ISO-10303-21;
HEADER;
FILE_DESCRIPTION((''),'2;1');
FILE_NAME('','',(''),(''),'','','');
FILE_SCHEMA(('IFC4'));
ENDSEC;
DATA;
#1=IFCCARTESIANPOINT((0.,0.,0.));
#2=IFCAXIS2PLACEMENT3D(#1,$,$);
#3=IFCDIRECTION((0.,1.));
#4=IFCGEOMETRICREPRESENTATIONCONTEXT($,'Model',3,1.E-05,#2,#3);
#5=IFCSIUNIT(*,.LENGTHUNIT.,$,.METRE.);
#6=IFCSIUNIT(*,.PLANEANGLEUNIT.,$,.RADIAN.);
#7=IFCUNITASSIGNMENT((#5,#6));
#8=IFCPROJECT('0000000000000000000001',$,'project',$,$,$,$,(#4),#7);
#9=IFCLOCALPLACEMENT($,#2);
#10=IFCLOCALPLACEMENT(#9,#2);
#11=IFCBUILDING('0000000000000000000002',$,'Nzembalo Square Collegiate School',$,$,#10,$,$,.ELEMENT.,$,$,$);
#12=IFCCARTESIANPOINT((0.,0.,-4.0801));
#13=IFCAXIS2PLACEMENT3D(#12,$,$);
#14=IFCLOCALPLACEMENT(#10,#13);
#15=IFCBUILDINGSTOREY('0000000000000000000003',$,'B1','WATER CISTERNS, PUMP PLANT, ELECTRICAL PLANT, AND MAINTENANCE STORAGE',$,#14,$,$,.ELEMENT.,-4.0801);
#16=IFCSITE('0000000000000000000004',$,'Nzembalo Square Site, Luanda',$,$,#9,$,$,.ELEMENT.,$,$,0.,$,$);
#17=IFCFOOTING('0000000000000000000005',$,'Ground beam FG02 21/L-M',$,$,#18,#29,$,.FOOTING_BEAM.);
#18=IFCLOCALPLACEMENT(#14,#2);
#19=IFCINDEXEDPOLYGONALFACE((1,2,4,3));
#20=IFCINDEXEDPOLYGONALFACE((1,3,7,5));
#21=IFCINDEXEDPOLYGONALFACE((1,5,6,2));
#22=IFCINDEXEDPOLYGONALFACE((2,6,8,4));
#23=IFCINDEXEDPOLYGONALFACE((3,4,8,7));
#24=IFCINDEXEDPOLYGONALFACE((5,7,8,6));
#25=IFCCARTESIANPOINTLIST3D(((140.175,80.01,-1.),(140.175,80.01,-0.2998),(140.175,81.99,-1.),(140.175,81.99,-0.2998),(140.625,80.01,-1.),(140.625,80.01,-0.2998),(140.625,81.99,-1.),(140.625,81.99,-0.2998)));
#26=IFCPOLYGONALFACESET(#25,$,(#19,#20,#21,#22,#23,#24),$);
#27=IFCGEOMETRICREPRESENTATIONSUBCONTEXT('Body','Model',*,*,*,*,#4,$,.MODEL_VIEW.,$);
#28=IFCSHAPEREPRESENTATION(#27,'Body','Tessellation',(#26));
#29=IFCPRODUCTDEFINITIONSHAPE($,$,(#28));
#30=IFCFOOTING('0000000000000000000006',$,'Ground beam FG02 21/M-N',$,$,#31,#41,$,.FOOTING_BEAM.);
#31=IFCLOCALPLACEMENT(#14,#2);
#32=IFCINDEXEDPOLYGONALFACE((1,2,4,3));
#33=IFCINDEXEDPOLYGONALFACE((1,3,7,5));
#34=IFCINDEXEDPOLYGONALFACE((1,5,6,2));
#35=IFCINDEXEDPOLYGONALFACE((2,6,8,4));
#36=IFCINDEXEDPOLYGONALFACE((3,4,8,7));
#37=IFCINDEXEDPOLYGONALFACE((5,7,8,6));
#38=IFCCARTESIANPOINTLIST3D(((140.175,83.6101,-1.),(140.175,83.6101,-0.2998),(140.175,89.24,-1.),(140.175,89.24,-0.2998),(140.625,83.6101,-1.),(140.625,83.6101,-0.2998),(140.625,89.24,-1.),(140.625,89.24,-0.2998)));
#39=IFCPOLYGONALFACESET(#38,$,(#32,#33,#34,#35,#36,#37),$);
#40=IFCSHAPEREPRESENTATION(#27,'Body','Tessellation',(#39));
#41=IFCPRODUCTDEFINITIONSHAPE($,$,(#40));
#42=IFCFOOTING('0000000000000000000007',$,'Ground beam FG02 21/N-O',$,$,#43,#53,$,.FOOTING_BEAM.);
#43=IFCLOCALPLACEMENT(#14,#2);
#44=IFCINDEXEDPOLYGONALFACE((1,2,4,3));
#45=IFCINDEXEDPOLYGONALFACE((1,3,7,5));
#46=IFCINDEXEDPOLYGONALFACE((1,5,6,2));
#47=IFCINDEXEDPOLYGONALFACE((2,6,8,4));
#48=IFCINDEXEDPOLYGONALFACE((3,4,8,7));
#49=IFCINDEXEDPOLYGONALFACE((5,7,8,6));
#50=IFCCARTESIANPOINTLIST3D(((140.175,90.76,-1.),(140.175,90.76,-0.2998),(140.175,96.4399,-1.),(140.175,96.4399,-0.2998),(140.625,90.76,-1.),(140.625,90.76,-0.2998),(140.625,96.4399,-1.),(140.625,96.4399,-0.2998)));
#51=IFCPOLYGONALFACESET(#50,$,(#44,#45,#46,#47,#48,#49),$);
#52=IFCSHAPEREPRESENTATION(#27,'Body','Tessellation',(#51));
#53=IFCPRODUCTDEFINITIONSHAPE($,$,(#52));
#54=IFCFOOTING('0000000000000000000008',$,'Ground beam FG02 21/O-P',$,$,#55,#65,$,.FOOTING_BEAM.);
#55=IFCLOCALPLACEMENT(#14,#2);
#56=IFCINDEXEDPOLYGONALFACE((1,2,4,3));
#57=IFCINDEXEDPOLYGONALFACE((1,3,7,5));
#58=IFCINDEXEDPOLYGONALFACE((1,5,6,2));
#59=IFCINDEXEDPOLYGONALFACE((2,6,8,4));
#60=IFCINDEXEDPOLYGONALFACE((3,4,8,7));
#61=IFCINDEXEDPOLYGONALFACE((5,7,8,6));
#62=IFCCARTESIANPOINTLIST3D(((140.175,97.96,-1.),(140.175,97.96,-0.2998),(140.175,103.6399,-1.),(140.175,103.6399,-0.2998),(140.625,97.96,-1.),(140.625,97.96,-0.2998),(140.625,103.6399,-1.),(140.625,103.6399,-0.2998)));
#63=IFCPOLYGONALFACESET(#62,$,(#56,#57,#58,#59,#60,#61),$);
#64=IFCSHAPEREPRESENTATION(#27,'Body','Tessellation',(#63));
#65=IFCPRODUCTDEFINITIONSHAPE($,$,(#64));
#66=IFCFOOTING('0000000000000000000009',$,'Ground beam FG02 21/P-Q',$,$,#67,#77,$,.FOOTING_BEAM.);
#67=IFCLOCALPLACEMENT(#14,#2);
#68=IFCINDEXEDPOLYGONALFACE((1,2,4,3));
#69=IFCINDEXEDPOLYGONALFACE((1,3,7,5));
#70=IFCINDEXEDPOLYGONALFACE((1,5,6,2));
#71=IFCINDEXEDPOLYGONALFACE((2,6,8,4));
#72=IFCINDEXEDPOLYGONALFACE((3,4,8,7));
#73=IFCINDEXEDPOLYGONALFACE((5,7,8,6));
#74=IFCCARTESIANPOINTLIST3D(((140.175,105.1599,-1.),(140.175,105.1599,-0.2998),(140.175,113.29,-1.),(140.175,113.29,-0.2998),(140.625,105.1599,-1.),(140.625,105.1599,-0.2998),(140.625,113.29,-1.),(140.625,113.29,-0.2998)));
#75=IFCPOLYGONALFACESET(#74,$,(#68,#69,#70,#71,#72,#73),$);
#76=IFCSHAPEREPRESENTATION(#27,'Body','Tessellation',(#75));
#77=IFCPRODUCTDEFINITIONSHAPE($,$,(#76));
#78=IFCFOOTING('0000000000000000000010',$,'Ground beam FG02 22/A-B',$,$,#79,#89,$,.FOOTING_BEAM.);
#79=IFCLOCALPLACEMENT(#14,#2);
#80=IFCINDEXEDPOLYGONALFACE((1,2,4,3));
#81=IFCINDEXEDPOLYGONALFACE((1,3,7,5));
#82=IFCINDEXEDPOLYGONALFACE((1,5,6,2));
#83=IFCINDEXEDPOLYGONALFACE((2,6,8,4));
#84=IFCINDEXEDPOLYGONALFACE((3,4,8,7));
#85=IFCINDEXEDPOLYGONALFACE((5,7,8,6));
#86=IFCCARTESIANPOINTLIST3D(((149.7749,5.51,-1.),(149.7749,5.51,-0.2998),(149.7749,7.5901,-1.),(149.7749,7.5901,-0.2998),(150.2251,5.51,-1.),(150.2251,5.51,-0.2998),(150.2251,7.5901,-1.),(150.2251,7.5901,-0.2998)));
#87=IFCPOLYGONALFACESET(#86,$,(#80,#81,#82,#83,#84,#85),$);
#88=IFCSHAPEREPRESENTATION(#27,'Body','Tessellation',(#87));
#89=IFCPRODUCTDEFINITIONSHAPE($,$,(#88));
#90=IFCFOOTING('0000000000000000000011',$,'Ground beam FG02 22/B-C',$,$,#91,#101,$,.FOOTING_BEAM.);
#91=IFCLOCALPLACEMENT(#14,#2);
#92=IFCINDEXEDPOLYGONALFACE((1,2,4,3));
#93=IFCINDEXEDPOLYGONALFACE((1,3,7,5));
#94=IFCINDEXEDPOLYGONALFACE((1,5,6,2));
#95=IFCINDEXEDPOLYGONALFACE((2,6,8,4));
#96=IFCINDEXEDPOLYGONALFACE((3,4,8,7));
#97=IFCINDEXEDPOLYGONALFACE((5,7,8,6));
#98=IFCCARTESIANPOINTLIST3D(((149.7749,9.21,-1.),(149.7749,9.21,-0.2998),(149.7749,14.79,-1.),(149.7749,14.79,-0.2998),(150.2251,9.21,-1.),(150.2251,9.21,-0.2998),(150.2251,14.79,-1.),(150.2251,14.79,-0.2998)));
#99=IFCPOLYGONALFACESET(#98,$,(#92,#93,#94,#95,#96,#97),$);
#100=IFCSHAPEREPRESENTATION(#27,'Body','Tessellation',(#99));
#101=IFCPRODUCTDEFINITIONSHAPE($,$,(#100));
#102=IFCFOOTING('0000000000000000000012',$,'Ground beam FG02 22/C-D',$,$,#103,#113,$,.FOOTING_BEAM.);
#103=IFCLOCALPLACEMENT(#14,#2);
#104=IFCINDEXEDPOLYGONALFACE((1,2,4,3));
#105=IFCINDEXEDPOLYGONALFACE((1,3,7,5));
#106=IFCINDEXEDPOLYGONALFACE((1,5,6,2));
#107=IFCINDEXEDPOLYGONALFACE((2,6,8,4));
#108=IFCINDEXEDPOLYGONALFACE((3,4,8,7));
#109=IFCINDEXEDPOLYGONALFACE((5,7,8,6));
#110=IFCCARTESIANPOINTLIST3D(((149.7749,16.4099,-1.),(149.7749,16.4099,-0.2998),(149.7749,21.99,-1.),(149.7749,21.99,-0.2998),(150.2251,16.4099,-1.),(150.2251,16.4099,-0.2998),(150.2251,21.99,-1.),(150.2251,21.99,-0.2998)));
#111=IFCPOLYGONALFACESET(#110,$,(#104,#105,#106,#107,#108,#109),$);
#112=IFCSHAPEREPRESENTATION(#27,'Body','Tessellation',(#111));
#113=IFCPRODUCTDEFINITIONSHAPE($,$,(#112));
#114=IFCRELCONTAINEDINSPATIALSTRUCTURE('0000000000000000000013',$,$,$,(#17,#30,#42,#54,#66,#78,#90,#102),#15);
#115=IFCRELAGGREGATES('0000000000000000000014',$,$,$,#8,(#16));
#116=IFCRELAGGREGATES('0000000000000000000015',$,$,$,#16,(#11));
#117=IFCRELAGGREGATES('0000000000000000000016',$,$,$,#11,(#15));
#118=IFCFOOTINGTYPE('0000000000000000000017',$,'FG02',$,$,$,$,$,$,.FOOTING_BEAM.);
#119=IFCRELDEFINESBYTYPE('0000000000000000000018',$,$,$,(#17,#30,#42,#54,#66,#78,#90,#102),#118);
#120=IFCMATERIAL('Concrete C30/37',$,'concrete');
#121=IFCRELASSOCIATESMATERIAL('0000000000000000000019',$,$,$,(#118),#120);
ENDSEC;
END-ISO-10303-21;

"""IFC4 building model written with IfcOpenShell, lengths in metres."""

from ifc_helpers import new_model, si_unit, direction, frame, origin, place, context, subcontext, project, spatial, polyline, outline, extrude, material, type_object, element, save


model = new_model("IFC4")

# Units and contexts
model_context = context("Model", 3, precision=1e-05, world=origin(), true_north=direction((0.0, 1.0)))
body_context = subcontext(model_context, "Body", "Model", "MODEL_VIEW")
ifc_project = project(units=[si_unit("LENGTHUNIT", "METRE"), si_unit("PLANEANGLEUNIT", "RADIAN")], contexts=[model_context])

# Site, building, storey
site_placement = place(None, origin())
site = spatial("IfcSite", under=ifc_project, at=site_placement, Name="Nzembalo Square Site, Luanda", CompositionType="ELEMENT", RefElevation=0.0)
building_placement = place(site_placement, origin())
building = spatial("IfcBuilding", under=site, at=building_placement, Name="Nzembalo Square Collegiate School", CompositionType="ELEMENT")
storey_placement = place(building_placement, frame((0.0, 0.0, -4.0801)))
storey = spatial("IfcBuildingStorey", under=building, at=storey_placement, Name="B1", Description="WATER CISTERNS, PUMP PLANT, ELECTRICAL PLANT, AND MAINTENANCE STORAGE", CompositionType="ELEMENT", Elevation=-4.0801)

# Footings
ifc_material = material(Name="Concrete C30/37", Category="concrete")
footing_type = type_object("IfcFootingType", Name="FG02", PredefinedType="FOOTING_BEAM", material=ifc_material)
footing_1_placement = place(storey_placement, frame((0.0, 0.0, -1.0)))
element("IfcFooting", 1, at=footing_1_placement, inside=storey, type_object=footing_type, Name="Ground beam FG02 21/L-M", PredefinedType="FOOTING_BEAM", context=body_context, shape_type="SweptSolid", body=[
    extrude(outline(polyline([(140.175, 80.01), (140.625, 80.01), (140.625, 81.99), (140.175, 81.99), (140.175, 80.01)])), origin(), (0.0, 0.0, 1.0), 0.7002),
])
footing_2_placement = place(storey_placement, frame((0.0, 0.0, -1.0)))
element("IfcFooting", 2, at=footing_2_placement, inside=storey, type_object=footing_type, Name="Ground beam FG02 21/M-N", PredefinedType="FOOTING_BEAM", context=body_context, shape_type="SweptSolid", body=[
    extrude(outline(polyline([(140.175, 83.6101), (140.625, 83.6101), (140.625, 89.24), (140.175, 89.24), (140.175, 83.6101)])), origin(), (0.0, 0.0, 1.0), 0.7002),
])
footing_3_placement = place(storey_placement, frame((0.0, 0.0, -1.0)))
element("IfcFooting", 3, at=footing_3_placement, inside=storey, type_object=footing_type, Name="Ground beam FG02 21/N-O", PredefinedType="FOOTING_BEAM", context=body_context, shape_type="SweptSolid", body=[
    extrude(outline(polyline([(140.175, 90.76), (140.625, 90.76), (140.625, 96.4399), (140.175, 96.4399), (140.175, 90.76)])), origin(), (0.0, 0.0, 1.0), 0.7002),
])
footing_4_placement = place(storey_placement, frame((0.0, 0.0, -1.0)))
element("IfcFooting", 4, at=footing_4_placement, inside=storey, type_object=footing_type, Name="Ground beam FG02 21/O-P", PredefinedType="FOOTING_BEAM", context=body_context, shape_type="SweptSolid", body=[
    extrude(outline(polyline([(140.175, 97.96), (140.625, 97.96), (140.625, 103.6399), (140.175, 103.6399), (140.175, 97.96)])), origin(), (0.0, 0.0, 1.0), 0.7002),
])
footing_5_placement = place(storey_placement, frame((0.0, 0.0, -1.0)))
element("IfcFooting", 5, at=footing_5_placement, inside=storey, type_object=footing_type, Name="Ground beam FG02 21/P-Q", PredefinedType="FOOTING_BEAM", context=body_context, shape_type="SweptSolid", body=[
    extrude(outline(polyline([(140.175, 105.1599), (140.625, 105.1599), (140.625, 113.29), (140.175, 113.29), (140.175, 105.1599)])), origin(), (0.0, 0.0, 1.0), 0.7002),
])
footing_6_placement = place(storey_placement, frame((0.0, 0.0, -1.0)))
element("IfcFooting", 6, at=footing_6_placement, inside=storey, type_object=footing_type, Name="Ground beam FG02 22/A-B", PredefinedType="FOOTING_BEAM", context=body_context, shape_type="SweptSolid", body=[
    extrude(outline(polyline([(149.7749, 5.51), (150.2251, 5.51), (150.2251, 7.5901), (149.7749, 7.5901), (149.7749, 5.51)])), origin(), (0.0, 0.0, 1.0), 0.7002),
])
footing_7_placement = place(storey_placement, frame((0.0, 0.0, -1.0)))
element("IfcFooting", 7, at=footing_7_placement, inside=storey, type_object=footing_type, Name="Ground beam FG02 22/B-C", PredefinedType="FOOTING_BEAM", context=body_context, shape_type="SweptSolid", body=[
    extrude(outline(polyline([(149.7749, 9.21), (150.2251, 9.21), (150.2251, 14.79), (149.7749, 14.79), (149.7749, 9.21)])), origin(), (0.0, 0.0, 1.0), 0.7002),
])
footing_8_placement = place(storey_placement, frame((0.0, 0.0, -1.0)))
element("IfcFooting", 8, at=footing_8_placement, inside=storey, type_object=footing_type, Name="Ground beam FG02 22/C-D", PredefinedType="FOOTING_BEAM", context=body_context, shape_type="SweptSolid", body=[
    extrude(outline(polyline([(149.7749, 16.4099), (150.2251, 16.4099), (150.2251, 21.99), (149.7749, 21.99), (149.7749, 16.4099)])), origin(), (0.0, 0.0, 1.0), 0.7002),
])

save(model, "model.ifc")
